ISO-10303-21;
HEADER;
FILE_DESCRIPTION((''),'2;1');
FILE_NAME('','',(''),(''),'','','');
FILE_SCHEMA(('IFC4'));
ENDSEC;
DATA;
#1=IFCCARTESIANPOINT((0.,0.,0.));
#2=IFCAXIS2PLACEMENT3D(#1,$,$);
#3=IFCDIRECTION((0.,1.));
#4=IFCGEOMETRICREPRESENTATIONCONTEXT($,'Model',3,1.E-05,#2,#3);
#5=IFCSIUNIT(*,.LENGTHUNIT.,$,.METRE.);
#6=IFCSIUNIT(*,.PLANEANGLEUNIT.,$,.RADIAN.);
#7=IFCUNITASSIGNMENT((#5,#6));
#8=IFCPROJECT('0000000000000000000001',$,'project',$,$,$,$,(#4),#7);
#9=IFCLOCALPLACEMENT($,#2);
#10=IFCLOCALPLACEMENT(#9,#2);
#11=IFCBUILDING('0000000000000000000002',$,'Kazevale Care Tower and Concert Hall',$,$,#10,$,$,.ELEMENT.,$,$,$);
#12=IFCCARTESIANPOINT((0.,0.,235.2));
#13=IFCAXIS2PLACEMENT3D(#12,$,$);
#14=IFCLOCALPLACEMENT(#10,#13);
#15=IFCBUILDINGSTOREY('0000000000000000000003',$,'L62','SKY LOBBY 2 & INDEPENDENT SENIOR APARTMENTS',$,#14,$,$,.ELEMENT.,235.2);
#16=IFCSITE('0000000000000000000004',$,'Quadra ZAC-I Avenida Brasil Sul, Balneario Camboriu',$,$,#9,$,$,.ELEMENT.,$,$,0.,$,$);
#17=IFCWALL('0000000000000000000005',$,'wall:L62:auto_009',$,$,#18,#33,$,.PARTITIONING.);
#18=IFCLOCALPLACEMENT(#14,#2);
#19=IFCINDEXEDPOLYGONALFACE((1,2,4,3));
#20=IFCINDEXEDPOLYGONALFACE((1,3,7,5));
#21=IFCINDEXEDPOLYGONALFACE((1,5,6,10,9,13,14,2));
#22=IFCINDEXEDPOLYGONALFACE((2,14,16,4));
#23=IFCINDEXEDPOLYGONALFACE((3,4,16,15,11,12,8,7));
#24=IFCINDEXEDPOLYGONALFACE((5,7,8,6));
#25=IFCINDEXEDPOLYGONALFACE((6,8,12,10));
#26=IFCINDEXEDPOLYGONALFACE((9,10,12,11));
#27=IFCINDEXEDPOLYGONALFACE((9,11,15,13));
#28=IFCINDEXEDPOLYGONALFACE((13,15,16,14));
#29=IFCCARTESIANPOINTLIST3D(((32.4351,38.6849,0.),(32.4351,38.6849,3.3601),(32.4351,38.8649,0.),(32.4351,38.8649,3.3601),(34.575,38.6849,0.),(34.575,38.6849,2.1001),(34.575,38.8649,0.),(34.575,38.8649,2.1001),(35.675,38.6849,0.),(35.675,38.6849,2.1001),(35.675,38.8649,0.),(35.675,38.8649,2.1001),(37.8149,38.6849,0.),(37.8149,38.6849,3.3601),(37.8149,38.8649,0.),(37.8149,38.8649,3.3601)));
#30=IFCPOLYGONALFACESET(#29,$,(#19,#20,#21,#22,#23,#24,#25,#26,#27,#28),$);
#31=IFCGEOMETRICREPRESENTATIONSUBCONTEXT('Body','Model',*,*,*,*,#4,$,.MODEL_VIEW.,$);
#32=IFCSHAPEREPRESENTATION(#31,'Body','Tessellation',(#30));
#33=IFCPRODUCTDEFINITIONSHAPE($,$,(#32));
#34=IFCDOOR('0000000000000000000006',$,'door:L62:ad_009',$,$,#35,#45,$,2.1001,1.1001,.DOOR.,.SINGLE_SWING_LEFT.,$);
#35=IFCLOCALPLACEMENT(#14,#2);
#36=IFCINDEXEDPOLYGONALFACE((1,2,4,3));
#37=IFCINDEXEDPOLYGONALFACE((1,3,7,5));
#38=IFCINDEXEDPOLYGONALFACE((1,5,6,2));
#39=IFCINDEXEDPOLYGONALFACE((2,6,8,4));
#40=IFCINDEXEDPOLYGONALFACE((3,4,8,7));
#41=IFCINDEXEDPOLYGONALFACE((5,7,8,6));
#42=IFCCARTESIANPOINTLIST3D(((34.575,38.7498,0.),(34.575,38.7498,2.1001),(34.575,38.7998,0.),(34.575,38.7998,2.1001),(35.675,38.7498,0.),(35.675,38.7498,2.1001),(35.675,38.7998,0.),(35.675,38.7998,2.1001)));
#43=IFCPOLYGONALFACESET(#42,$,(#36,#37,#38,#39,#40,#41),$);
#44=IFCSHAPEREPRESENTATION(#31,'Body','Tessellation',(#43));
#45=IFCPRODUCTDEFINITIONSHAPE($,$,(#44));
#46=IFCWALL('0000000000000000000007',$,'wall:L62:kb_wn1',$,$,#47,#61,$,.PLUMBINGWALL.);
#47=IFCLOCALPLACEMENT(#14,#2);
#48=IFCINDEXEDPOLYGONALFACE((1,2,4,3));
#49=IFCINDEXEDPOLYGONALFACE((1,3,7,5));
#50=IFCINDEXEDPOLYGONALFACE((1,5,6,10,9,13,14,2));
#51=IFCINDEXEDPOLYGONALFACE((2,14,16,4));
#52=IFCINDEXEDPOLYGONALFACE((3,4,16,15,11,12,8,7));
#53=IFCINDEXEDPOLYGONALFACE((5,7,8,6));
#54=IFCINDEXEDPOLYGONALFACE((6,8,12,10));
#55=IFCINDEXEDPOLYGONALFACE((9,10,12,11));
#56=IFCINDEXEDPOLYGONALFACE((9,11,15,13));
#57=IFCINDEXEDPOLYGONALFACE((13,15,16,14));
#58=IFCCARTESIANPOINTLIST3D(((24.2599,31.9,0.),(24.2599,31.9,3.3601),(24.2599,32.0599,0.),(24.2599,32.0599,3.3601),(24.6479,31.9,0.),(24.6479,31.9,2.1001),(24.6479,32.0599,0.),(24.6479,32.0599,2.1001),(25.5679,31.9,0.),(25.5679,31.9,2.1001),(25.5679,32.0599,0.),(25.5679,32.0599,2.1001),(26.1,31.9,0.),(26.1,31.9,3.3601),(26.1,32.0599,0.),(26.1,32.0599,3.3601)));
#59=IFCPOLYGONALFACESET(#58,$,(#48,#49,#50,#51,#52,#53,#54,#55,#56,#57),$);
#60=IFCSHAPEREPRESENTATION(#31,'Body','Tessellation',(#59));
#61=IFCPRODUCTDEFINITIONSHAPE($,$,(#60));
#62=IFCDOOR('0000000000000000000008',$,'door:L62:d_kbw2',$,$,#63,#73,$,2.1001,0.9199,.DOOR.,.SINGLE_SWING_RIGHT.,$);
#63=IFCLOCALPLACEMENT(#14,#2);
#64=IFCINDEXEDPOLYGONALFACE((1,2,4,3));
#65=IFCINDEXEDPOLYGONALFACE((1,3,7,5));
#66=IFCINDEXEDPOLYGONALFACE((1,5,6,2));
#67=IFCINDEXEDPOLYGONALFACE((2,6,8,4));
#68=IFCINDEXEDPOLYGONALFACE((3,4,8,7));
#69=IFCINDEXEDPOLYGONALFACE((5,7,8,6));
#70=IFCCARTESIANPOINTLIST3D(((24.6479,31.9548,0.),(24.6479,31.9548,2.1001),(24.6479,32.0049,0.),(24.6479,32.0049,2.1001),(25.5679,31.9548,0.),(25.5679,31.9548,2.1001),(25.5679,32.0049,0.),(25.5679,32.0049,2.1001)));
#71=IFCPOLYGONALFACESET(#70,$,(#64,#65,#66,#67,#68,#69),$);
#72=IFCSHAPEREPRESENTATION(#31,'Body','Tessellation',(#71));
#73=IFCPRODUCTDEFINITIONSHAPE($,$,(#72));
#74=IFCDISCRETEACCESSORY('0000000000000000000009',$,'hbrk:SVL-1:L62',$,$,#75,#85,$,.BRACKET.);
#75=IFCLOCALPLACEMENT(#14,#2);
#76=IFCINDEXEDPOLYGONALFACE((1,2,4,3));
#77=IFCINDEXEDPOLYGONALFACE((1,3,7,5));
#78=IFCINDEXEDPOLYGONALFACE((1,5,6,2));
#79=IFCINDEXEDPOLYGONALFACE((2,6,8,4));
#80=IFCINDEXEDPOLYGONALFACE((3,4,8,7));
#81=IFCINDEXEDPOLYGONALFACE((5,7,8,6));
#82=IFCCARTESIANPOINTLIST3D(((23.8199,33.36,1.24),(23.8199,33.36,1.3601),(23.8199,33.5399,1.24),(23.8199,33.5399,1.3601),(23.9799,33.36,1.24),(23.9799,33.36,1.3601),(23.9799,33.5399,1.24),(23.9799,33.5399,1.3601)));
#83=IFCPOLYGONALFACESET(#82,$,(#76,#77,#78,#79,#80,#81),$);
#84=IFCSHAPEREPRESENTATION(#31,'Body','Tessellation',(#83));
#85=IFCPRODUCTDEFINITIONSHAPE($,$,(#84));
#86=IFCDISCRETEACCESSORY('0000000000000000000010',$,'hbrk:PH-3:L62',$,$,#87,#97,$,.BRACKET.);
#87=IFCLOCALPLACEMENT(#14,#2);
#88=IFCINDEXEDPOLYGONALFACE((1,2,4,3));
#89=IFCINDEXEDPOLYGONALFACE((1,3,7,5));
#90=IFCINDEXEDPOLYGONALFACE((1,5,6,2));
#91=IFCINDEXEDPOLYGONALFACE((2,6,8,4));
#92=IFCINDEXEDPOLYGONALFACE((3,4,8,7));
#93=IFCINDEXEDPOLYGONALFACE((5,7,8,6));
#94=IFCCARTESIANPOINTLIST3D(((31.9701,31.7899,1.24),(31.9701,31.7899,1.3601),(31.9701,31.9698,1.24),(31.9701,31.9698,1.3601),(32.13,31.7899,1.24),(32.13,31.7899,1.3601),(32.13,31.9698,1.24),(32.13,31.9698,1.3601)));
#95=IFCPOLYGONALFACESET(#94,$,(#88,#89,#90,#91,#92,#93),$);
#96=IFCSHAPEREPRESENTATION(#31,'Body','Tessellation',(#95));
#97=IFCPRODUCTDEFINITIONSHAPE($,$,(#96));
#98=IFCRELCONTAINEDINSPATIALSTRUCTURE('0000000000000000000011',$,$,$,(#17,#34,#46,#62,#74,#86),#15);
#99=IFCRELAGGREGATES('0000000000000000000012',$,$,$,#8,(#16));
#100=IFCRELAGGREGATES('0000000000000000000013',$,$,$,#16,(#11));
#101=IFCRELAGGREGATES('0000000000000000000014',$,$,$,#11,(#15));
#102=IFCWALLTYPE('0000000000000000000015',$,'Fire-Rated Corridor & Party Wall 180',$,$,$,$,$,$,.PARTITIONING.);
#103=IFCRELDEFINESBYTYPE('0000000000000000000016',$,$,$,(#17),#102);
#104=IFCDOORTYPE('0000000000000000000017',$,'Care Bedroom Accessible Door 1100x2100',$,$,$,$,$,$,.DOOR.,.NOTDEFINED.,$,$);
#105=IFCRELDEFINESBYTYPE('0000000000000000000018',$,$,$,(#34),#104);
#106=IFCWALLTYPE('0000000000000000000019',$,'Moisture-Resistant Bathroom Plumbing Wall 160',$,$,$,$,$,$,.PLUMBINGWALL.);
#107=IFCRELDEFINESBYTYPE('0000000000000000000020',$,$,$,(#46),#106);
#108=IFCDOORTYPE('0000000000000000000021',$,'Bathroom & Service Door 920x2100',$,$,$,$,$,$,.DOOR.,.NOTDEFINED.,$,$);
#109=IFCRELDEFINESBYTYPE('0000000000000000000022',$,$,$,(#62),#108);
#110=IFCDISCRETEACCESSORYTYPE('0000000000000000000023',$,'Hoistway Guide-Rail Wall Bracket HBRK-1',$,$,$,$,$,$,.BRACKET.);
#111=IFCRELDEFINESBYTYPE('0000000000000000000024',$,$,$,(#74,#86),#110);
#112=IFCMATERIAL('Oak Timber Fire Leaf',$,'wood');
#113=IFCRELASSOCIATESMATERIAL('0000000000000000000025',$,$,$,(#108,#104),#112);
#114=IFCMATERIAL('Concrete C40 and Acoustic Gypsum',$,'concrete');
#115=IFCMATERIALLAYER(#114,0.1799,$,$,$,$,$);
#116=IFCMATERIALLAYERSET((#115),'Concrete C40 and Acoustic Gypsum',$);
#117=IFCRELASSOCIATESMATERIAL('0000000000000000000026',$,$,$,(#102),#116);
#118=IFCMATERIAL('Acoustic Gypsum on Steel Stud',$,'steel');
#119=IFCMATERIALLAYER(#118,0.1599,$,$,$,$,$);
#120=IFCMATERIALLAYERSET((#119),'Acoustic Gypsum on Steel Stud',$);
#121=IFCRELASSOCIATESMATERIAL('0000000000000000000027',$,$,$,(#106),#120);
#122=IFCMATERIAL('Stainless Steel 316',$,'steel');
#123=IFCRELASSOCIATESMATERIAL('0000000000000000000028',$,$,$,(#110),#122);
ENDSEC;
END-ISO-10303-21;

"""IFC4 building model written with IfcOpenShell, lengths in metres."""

from ifc_helpers import new_model, si_unit, direction, frame, frame_2d, origin, origin_2d, place, context, subcontext, project, spatial, rectangle, extrude, material, layer, layer_set, type_object, element, fill, save


model = new_model("IFC4")

# Units and contexts
model_context = context("Model", 3, precision=1e-05, world=origin(), true_north=direction((0.0, 1.0)))
body_context = subcontext(model_context, "Body", "Model", "MODEL_VIEW")
ifc_project = project(units=[si_unit("LENGTHUNIT", "METRE"), si_unit("PLANEANGLEUNIT", "RADIAN")], contexts=[model_context])

# Site, building, storey
site_placement = place(None, origin())
site = spatial("IfcSite", under=ifc_project, at=site_placement, Name="Quadra ZAC-I Avenida Brasil Sul, Balneario Camboriu", CompositionType="ELEMENT", RefElevation=0.0)
building_placement = place(site_placement, origin())
building = spatial("IfcBuilding", under=site, at=building_placement, Name="Kazevale Care Tower and Concert Hall", CompositionType="ELEMENT")
storey_placement = place(building_placement, frame((0.0, 0.0, 235.2)))
storey = spatial("IfcBuildingStorey", under=building, at=storey_placement, Name="L62", Description="SKY LOBBY 2 & INDEPENDENT SENIOR APARTMENTS", CompositionType="ELEMENT", Elevation=235.2)

# Shared definitions
ifc_material_1 = material(Name="Acoustic Gypsum on Steel Stud", Category="steel")
ifc_material_2 = material(Name="Oak Timber Fire Leaf", Category="wood")
door_type_1 = type_object("IfcDoorType", Name="Bathroom & Service Door 920x2100", OperationType="NOTDEFINED", PredefinedType="DOOR", material=ifc_material_2)

# Shared definitions
ifc_material_3 = material(Name="Stainless Steel 316", Category="steel")

# Shared definitions
ifc_material_4 = material(Name="Concrete C40 and Acoustic Gypsum", Category="concrete")
ifc_layer_1 = layer(ifc_material_4, 0.1799)
ifc_layer_set_1 = layer_set([ifc_layer_1], Name="Concrete C40 and Acoustic Gypsum")
wall_type_1 = type_object("IfcWallType", Name="Fire-Rated Corridor & Party Wall 180", PredefinedType="PARTITIONING", material=ifc_layer_set_1)
door_type_2 = type_object("IfcDoorType", Name="Care Bedroom Accessible Door 1100x2100", OperationType="NOTDEFINED", PredefinedType="DOOR", material=ifc_material_2)

# Walls, openings, doors
wall_1_placement = place(storey_placement, frame((32.4351, 38.7749, 0.0), z_axis=(0.0, 0.0, 1.0), x_axis=(1.0, 0.0, 0.0)))
wall_1 = element("IfcWall", 1, at=wall_1_placement, inside=storey, type_object=wall_type_1, Name="wall:L62:auto_009", PredefinedType="PARTITIONING", context=body_context, shape_type="SweptSolid", body=[
    extrude(rectangle(XDim=5.3799, YDim=0.1799, at=frame_2d((2.6899, 0.0))), origin(), (0.0, 0.0, 1.0), 3.3601),
])
opening_1_placement = place(wall_1_placement, frame((2.1399, 0.0, 0.0)))
opening_1 = element("IfcOpeningElement", 2, at=opening_1_placement, cuts=wall_1, PredefinedType="OPENING", context=body_context, shape_type="SweptSolid", body=[
    extrude(rectangle(XDim=1.1001, YDim=2.1001, at=frame_2d((0.55, 1.05))), frame((0.0, 0.0999, 0.0), z_axis=(0.0, -1.0, 0.0), x_axis=(1.0, 0.0, 0.0)), (0.0, 0.0, 1.0), 0.2),
])
door_1_placement = place(opening_1_placement, origin())
door_1 = element("IfcDoor", 3, at=door_1_placement, inside=storey, type_object=door_type_2, Name="door:L62:ad_009", OperationType="SINGLE_SWING_LEFT", OverallHeight=2.1001, OverallWidth=1.1001, PredefinedType="DOOR", context=body_context, shape_type="SweptSolid", body=[
    extrude(rectangle(XDim=1.1001, YDim=2.1001, at=frame_2d((0.55, 1.05))), frame((0.0, 0.0249, 0.0), z_axis=(0.0, -1.0, 0.0), x_axis=(1.0, 0.0, 0.0)), (0.0, 0.0, 1.0), 0.05),
])
fill(opening_1, door_1)
ifc_layer_2 = layer(ifc_material_1, 0.1599)
ifc_layer_set_2 = layer_set([ifc_layer_2], Name="Acoustic Gypsum on Steel Stud")
wall_type_2 = type_object("IfcWallType", Name="Moisture-Resistant Bathroom Plumbing Wall 160", PredefinedType="PLUMBINGWALL", material=ifc_layer_set_2)
wall_2_placement = place(storey_placement, frame((24.26, 31.98, 0.0), z_axis=(0.0, 0.0, 1.0), x_axis=(1.0, 0.0, 0.0)))
wall_2 = element("IfcWall", 4, at=wall_2_placement, inside=storey, type_object=wall_type_2, Name="wall:L62:kb_wn1", PredefinedType="PLUMBINGWALL", context=body_context, shape_type="SweptSolid", body=[
    extrude(rectangle(XDim=1.8401, YDim=0.1599, at=frame_2d((0.9199, 0.0))), origin(), (0.0, 0.0, 1.0), 3.3601),
])
opening_2_placement = place(wall_2_placement, frame((0.3879, 0.0, 0.0)))
opening_2 = element("IfcOpeningElement", 5, at=opening_2_placement, cuts=wall_2, PredefinedType="OPENING", context=body_context, shape_type="SweptSolid", body=[
    extrude(rectangle(XDim=0.9199, YDim=2.1001, at=frame_2d((0.46, 1.05))), frame((0.0, 0.0898, 0.0), z_axis=(0.0, -1.0, 0.0), x_axis=(1.0, 0.0, 0.0)), (0.0, 0.0, 1.0), 0.1799),
])
door_2_placement = place(opening_2_placement, origin())
door_2 = element("IfcDoor", 6, at=door_2_placement, inside=storey, type_object=door_type_1, Name="door:L62:d_kbw2", OperationType="SINGLE_SWING_RIGHT", OverallHeight=2.1001, OverallWidth=0.9199, PredefinedType="DOOR", context=body_context, shape_type="SweptSolid", body=[
    extrude(rectangle(XDim=0.9199, YDim=2.1001, at=frame_2d((0.46, 1.05))), frame((0.0, 0.0249, 0.0), z_axis=(0.0, -1.0, 0.0), x_axis=(1.0, 0.0, 0.0)), (0.0, 0.0, 1.0), 0.05),
])
fill(opening_2, door_2)

# Discrete accessories
discrete_accessory_type = type_object("IfcDiscreteAccessoryType", Name="Hoistway Guide-Rail Wall Bracket HBRK-1", PredefinedType="BRACKET", material=ifc_material_3)
for number, where, z_axis, x_axis, name in (
    (7, (23.8999, 33.45, 1.24), (0.0, 0.0, 1.0), (1.0, 0.0, 0.0), "hbrk:SVL-1:L62"),
    (8, (32.05, 31.8799, 1.24), (0.0, 0.0, 1.0), (1.0, 0.0, 0.0), "hbrk:PH-3:L62"),
):
    element("IfcDiscreteAccessory", number, at=place(storey_placement, frame(where, z_axis=z_axis, x_axis=x_axis)), inside=storey, type_object=discrete_accessory_type, Name=name, PredefinedType="BRACKET", context=body_context, shape_type="SweptSolid", body=[
        extrude(rectangle(XDim=0.1599, YDim=0.1799, at=origin_2d()), origin(), (0.0, 0.0, 1.0), 0.1201),
    ])

save(model, "model.ifc")
